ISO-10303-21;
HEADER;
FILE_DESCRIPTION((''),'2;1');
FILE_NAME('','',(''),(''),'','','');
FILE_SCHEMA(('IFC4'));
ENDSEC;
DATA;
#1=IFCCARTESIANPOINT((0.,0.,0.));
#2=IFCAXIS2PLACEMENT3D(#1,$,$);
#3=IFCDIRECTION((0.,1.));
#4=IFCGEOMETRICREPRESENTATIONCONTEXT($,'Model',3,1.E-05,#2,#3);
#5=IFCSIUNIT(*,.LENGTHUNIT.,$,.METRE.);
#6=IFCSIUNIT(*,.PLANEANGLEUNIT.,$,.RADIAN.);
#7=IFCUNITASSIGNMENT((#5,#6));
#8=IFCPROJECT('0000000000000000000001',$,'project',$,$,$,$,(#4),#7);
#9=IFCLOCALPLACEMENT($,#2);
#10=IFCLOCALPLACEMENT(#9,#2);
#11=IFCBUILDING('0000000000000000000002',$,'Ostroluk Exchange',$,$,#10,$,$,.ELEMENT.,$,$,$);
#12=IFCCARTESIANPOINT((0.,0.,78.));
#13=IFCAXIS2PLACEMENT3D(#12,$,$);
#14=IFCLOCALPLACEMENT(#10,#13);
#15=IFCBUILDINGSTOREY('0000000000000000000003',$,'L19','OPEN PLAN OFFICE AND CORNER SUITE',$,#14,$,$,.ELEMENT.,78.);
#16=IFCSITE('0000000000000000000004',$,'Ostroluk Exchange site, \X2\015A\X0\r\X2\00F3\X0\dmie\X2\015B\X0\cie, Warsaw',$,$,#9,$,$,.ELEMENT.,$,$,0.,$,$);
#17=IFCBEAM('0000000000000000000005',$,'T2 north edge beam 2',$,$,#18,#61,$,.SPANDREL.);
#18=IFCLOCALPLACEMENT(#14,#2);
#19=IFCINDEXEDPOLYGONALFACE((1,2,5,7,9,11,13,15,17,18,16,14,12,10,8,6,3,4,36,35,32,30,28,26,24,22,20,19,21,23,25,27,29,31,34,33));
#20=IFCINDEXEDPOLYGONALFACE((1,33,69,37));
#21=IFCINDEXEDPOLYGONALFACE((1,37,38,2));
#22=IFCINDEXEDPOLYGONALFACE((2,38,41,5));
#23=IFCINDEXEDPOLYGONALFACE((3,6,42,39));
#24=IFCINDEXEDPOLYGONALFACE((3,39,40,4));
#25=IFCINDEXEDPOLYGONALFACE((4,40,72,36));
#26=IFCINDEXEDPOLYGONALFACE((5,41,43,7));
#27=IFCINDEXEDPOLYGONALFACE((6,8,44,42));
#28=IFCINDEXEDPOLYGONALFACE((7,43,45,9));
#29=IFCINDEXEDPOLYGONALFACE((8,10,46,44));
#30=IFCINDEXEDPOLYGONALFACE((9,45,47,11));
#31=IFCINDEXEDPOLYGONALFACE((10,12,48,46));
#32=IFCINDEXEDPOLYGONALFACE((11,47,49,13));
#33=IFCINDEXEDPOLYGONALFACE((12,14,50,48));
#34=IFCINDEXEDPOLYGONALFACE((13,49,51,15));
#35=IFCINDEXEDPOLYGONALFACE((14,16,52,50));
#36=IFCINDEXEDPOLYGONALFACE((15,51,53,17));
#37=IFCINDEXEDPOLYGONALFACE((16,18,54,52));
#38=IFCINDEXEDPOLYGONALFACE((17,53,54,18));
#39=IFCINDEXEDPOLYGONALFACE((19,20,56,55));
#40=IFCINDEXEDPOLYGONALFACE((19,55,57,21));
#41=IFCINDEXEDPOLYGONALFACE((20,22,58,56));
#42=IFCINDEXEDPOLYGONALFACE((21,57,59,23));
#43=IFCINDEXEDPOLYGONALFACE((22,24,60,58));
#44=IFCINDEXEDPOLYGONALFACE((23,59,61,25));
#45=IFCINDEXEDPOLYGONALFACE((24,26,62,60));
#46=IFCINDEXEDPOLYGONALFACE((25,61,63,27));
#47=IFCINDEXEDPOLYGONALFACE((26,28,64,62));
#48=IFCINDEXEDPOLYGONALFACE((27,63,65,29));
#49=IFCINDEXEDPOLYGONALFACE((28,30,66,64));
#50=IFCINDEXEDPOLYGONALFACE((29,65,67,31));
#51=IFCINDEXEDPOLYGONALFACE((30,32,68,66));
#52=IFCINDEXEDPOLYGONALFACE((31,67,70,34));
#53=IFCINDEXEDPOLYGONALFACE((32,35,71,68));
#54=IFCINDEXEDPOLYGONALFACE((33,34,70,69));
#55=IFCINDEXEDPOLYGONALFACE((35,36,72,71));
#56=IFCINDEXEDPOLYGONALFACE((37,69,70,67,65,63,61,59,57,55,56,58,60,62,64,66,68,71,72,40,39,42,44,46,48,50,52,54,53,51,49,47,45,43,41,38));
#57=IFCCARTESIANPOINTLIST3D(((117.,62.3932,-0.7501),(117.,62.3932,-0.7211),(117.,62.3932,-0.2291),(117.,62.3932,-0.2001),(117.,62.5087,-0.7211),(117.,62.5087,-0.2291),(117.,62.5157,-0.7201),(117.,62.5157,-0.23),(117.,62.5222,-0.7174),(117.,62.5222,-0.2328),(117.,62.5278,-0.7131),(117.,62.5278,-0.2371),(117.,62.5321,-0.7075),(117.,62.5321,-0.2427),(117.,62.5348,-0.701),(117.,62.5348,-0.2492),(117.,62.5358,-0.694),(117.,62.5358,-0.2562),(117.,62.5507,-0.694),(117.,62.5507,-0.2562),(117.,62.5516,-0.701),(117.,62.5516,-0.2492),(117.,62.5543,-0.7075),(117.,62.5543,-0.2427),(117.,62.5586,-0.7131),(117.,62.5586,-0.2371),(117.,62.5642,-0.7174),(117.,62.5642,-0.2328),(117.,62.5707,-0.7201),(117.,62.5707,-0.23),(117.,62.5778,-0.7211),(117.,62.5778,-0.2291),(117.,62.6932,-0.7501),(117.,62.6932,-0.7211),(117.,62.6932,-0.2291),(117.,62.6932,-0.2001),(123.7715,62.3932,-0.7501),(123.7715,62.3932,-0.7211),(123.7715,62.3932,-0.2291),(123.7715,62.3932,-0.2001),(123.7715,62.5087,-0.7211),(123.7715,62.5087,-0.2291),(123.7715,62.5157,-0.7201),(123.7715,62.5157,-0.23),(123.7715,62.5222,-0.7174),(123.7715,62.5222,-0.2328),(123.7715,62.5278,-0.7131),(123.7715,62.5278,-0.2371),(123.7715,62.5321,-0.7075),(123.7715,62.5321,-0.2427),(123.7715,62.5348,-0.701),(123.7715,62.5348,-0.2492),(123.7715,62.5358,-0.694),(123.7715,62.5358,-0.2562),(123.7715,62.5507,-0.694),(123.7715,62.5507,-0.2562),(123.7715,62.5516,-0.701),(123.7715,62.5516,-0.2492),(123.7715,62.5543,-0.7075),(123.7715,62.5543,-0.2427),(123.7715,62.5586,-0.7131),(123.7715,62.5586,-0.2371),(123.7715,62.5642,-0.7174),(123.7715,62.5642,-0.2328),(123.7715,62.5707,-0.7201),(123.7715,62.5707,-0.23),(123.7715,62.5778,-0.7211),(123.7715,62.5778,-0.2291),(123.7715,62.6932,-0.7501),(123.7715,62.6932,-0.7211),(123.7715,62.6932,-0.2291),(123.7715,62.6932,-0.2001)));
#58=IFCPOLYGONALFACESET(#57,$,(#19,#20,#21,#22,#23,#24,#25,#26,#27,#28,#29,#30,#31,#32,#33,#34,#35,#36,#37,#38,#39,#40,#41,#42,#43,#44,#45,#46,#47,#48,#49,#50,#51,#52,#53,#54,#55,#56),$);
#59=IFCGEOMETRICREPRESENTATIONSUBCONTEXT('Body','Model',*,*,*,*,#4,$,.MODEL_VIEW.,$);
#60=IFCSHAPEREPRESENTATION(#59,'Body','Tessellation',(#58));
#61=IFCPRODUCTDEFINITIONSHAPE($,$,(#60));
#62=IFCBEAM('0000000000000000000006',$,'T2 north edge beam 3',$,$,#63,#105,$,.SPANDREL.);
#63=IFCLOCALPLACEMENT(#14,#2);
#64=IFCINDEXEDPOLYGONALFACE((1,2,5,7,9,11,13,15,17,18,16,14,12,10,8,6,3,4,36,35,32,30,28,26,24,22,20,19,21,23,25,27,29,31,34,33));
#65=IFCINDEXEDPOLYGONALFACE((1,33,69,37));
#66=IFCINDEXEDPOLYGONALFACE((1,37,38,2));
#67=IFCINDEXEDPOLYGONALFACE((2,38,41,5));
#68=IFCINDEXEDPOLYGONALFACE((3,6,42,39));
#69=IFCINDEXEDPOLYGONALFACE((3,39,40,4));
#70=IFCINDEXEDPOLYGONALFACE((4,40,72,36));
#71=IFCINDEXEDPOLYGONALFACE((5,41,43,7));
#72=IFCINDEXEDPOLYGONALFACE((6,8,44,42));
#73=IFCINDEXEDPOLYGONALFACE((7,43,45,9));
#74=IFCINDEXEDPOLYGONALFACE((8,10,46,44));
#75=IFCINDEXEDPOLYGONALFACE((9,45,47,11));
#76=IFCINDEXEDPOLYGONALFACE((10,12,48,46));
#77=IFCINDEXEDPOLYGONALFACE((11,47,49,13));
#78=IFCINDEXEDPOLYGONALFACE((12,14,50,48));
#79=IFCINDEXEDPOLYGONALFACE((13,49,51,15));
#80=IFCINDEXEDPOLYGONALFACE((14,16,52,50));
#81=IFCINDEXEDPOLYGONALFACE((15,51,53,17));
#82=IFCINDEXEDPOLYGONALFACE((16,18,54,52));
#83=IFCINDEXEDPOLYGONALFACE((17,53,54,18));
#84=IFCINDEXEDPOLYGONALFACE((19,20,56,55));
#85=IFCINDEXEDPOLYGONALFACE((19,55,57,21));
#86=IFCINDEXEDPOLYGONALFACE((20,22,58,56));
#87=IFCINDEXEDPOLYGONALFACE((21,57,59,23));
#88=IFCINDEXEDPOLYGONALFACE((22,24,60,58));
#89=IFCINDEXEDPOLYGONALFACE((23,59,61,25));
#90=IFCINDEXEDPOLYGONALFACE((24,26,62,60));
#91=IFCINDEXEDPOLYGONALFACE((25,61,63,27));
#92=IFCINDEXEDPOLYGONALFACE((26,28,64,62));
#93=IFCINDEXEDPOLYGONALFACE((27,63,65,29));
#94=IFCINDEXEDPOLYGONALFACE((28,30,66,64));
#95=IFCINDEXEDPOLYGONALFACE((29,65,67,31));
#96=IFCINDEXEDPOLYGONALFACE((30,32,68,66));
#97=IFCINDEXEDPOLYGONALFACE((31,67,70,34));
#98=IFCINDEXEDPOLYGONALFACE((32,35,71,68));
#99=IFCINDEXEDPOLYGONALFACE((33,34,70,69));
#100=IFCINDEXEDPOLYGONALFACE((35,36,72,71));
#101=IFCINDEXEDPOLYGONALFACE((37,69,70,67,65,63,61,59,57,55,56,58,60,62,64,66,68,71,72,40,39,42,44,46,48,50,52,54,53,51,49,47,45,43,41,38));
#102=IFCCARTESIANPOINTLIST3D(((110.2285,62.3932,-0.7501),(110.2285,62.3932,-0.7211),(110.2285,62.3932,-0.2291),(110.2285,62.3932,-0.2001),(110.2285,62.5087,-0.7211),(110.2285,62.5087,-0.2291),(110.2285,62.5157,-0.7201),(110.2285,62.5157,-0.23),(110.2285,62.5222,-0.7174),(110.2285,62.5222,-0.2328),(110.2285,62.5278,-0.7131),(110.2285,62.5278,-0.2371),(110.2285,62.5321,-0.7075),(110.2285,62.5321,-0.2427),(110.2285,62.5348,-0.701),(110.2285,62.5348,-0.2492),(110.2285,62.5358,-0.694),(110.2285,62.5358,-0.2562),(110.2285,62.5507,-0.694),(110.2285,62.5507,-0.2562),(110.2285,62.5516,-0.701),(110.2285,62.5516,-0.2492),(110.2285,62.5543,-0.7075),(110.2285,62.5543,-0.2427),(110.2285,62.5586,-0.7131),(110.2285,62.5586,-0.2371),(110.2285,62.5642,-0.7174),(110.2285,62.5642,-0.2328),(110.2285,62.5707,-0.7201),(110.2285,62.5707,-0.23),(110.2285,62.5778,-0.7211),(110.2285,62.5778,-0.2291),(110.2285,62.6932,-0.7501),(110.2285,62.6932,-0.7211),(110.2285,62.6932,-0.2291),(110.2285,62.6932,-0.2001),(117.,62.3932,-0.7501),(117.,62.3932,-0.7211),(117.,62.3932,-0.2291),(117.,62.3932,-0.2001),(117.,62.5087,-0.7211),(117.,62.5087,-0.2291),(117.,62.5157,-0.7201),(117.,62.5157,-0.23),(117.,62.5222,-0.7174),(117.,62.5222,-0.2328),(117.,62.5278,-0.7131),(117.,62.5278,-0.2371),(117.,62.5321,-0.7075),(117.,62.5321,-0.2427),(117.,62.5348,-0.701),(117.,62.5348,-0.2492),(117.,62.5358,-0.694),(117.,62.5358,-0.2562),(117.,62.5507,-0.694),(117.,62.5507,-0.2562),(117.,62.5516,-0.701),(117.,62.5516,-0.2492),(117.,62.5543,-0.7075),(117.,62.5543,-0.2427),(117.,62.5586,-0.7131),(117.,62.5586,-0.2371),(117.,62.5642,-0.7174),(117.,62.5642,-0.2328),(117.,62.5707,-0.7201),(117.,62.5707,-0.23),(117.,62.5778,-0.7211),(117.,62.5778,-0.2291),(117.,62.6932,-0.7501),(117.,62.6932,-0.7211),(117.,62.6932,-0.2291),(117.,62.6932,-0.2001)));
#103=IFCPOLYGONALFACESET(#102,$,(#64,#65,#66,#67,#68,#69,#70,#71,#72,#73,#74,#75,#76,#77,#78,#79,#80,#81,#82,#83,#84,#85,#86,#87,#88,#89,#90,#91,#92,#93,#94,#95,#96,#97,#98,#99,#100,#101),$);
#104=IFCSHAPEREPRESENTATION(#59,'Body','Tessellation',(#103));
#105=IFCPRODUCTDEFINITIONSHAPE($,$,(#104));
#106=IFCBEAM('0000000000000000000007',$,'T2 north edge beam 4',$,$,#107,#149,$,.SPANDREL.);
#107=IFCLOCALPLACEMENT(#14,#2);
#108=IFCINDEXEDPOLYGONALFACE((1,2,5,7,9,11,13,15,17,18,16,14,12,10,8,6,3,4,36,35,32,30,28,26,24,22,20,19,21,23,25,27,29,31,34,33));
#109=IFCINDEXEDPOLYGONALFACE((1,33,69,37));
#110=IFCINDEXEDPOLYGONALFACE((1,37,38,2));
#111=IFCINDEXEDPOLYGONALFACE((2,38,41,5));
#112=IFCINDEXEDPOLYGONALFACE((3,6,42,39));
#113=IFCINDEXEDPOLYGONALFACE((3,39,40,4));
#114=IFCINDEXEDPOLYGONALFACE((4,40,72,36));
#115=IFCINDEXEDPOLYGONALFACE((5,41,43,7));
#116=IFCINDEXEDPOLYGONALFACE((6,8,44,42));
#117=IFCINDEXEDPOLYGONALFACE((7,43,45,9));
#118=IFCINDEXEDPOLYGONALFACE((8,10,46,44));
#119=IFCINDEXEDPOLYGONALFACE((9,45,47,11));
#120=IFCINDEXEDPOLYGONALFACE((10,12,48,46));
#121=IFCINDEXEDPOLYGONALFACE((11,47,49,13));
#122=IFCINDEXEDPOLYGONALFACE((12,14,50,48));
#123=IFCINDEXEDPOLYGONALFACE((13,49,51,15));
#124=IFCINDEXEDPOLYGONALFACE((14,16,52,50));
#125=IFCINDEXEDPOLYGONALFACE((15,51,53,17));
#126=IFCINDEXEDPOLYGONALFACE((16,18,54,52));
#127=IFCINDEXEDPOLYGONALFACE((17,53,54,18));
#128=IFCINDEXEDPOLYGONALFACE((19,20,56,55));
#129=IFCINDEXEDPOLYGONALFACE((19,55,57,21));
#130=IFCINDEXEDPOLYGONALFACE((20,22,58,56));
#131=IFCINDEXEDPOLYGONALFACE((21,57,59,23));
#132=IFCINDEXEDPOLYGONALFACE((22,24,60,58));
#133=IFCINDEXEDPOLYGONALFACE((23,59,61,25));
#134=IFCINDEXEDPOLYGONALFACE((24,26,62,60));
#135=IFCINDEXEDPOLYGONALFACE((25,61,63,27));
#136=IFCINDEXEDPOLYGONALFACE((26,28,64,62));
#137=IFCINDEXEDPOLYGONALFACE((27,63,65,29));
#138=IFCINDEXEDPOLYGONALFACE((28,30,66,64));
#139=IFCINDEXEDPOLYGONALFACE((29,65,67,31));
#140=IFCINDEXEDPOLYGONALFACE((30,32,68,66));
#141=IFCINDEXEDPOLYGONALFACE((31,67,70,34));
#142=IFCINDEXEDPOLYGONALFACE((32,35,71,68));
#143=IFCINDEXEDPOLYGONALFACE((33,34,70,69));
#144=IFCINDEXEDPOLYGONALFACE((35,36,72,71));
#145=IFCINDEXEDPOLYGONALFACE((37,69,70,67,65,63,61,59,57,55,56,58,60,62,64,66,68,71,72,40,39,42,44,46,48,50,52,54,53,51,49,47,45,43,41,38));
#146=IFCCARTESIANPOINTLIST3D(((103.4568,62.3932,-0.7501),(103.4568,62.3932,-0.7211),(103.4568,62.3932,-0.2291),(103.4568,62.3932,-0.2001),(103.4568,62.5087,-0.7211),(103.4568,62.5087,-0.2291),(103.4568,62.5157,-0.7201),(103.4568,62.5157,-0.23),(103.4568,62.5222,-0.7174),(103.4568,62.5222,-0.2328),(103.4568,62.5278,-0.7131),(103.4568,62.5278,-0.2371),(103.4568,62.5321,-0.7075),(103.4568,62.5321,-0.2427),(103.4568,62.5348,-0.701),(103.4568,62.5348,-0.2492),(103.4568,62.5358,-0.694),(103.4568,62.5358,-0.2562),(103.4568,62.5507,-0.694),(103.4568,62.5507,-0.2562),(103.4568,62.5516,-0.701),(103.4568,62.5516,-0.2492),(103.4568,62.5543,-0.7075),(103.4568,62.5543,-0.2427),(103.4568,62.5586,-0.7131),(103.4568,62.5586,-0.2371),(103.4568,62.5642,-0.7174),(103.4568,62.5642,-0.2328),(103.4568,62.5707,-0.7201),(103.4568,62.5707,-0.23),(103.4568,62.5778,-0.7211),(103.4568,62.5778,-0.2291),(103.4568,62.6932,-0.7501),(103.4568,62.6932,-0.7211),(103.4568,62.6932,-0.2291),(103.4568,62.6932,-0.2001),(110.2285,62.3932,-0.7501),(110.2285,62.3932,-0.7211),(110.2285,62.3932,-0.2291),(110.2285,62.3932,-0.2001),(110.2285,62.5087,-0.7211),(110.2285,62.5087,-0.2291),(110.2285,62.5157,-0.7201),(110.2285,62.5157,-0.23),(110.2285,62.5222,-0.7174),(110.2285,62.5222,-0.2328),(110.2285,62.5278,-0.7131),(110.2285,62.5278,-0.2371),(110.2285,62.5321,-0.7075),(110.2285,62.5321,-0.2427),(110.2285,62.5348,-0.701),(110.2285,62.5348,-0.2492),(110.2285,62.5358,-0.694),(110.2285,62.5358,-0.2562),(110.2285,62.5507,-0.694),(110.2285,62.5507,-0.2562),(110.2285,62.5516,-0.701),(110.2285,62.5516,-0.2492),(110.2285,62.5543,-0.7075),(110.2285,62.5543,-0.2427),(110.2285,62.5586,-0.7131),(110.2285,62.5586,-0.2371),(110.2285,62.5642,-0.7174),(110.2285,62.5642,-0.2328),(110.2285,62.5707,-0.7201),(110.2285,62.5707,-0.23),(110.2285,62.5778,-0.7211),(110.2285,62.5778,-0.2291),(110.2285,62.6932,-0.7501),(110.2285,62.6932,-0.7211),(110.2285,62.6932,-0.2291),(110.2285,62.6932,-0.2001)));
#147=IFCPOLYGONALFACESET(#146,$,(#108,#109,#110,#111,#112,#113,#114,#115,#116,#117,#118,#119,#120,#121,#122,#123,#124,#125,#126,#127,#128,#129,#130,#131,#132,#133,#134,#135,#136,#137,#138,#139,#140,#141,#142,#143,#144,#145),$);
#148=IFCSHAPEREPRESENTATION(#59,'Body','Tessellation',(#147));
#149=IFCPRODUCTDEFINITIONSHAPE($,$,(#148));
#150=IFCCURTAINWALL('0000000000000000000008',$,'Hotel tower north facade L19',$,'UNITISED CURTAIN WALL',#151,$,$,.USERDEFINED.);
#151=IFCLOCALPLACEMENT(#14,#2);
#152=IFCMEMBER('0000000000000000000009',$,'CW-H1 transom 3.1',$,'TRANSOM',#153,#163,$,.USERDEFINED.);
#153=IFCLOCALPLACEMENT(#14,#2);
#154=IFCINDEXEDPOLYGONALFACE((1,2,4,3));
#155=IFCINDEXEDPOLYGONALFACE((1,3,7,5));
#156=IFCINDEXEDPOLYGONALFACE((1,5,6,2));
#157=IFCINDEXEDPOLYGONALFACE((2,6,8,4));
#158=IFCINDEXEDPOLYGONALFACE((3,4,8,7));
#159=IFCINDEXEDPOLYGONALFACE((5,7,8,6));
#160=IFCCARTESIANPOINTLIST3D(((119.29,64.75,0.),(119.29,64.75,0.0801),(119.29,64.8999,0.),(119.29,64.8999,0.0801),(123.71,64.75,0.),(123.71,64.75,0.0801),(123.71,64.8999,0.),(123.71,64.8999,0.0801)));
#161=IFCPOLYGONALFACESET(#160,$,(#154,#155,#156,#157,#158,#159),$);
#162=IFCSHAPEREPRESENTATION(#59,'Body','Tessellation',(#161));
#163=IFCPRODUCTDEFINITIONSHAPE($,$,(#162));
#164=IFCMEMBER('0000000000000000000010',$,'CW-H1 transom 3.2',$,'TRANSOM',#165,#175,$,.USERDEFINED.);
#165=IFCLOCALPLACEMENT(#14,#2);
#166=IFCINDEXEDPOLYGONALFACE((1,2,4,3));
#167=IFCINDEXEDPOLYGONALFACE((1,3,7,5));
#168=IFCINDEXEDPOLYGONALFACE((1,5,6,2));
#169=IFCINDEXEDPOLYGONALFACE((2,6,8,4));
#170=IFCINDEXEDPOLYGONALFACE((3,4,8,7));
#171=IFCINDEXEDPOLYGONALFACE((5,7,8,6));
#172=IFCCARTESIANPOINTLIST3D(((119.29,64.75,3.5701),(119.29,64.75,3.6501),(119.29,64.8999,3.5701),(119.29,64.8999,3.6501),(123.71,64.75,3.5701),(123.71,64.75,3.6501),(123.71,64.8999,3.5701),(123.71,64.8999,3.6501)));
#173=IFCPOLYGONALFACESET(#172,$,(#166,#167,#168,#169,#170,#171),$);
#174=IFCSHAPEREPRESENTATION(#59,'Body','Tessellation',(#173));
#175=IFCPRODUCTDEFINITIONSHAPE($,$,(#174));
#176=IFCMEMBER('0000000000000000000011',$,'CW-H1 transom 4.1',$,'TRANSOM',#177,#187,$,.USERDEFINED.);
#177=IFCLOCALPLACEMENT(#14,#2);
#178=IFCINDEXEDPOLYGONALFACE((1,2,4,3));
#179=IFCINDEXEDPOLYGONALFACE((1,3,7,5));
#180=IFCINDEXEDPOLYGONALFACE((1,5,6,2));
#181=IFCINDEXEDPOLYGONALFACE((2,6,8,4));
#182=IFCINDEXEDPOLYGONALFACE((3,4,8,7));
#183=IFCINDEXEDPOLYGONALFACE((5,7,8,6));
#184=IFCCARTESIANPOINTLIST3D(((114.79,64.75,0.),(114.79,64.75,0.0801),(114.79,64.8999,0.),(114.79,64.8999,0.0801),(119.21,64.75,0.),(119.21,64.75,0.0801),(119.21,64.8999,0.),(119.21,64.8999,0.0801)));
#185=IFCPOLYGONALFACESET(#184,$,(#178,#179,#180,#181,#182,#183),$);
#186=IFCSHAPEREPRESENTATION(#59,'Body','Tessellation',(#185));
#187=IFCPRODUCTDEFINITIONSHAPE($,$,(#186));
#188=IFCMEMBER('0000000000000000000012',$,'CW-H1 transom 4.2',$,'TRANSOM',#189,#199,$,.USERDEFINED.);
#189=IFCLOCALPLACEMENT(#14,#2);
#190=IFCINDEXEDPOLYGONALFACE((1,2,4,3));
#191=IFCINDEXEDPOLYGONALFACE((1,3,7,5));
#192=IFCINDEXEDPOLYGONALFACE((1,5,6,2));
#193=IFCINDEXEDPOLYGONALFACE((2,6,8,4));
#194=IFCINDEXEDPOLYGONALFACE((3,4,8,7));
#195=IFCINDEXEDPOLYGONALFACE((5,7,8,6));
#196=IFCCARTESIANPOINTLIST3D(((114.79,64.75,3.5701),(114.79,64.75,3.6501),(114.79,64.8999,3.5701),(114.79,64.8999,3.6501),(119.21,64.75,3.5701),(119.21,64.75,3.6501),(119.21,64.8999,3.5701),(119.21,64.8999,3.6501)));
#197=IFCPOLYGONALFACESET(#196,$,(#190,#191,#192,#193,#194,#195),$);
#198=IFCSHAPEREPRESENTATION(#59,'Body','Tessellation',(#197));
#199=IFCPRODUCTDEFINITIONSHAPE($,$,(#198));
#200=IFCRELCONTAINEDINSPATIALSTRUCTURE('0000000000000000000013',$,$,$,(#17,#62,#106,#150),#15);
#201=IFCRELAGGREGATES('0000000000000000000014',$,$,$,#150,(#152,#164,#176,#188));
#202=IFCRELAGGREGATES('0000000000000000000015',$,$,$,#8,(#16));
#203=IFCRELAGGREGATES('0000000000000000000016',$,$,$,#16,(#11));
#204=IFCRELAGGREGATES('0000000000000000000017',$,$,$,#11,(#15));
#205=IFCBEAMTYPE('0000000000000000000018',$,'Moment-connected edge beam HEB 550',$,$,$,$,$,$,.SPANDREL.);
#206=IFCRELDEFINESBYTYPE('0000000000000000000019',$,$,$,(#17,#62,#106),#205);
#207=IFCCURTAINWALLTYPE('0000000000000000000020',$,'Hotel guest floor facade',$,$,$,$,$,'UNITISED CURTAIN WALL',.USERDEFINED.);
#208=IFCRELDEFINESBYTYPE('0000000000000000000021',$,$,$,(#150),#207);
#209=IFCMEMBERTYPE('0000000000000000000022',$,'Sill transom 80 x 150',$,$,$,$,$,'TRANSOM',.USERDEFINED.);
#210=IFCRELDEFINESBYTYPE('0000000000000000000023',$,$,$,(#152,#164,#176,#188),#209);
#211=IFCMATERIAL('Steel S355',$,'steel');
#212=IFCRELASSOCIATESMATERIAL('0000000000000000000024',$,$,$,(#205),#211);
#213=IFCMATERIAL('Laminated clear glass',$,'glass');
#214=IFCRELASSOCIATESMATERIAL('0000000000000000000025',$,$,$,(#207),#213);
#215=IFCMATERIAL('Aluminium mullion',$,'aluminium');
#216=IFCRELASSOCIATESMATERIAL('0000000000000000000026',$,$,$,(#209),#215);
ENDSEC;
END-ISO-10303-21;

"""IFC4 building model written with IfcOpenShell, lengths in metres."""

from ifc_helpers import new_model, si_unit, direction, frame, origin, origin_2d, place, context, subcontext, project, spatial, rectangle, i_section, extrude, material, material_profile, profile_set, type_object, element, aggregate, save


model = new_model("IFC4")

# Units and contexts
model_context = context("Model", 3, precision=1e-05, world=origin(), true_north=direction((0.0, 1.0)))
body_context = subcontext(model_context, "Body", "Model", "MODEL_VIEW")
ifc_project = project(units=[si_unit("LENGTHUNIT", "METRE"), si_unit("PLANEANGLEUNIT", "RADIAN")], contexts=[model_context])

# Site, building, storey
site_placement = place(None, origin())
site = spatial("IfcSite", under=ifc_project, at=site_placement, Name="Ostroluk Exchange site, Śródmieście, Warsaw", CompositionType="ELEMENT", RefElevation=0.0)
building_placement = place(site_placement, origin())
building = spatial("IfcBuilding", under=site, at=building_placement, Name="Ostroluk Exchange", CompositionType="ELEMENT")
storey_placement = place(building_placement, frame((0.0, 0.0, 78.0)))
storey = spatial("IfcBuildingStorey", under=building, at=storey_placement, Name="L19", Description="OPEN PLAN OFFICE AND CORNER SUITE", CompositionType="ELEMENT", Elevation=78.0)

# Beams
ifc_material_1 = material(Name="Steel S355", Category="steel")
ifc_material_profile_1 = material_profile(ifc_material_1, i_section(OverallWidth=0.3, OverallDepth=0.55, WebThickness=0.0149, FlangeThickness=0.0291, FilletRadius=0.0271, at=origin_2d()), Name="HEB 550")
ifc_profile_set_1 = profile_set([ifc_material_profile_1], Name="Steel S355")
beam_type = type_object("IfcBeamType", Name="Moment-connected edge beam HEB 550", PredefinedType="SPANDREL", material=ifc_profile_set_1)
for number, where, z_axis, x_axis, name in (
    (1, (123.7715, 62.5432, -0.4751), (-1.0, 0.0, 0.0), (0.0, -1.0, 0.0), "T2 north edge beam 2"),
    (2, (117.0, 62.5432, -0.4751), (-1.0, 0.0, 0.0), (0.0, -1.0, 0.0), "T2 north edge beam 3"),
):
    element("IfcBeam", number, at=place(storey_placement, frame(where, z_axis=z_axis, x_axis=x_axis)), inside=storey, type_object=beam_type, Name=name, PredefinedType="SPANDREL", context=body_context, shape_type="SweptSolid", body=[
        extrude(i_section(OverallWidth=0.3, OverallDepth=0.55, WebThickness=0.0149, FlangeThickness=0.0291, FilletRadius=0.0271, at=origin_2d()), origin(), (0.0, 0.0, 1.0), 6.7715),
    ])
beam_placement = place(storey_placement, frame((110.2285, 62.5432, -0.4751), z_axis=(-1.0, 0.0, 0.0), x_axis=(0.0, -1.0, 0.0)))
element("IfcBeam", 3, at=beam_placement, inside=storey, type_object=beam_type, Name="T2 north edge beam 4", PredefinedType="SPANDREL", context=body_context, shape_type="SweptSolid", body=[
    extrude(i_section(OverallWidth=0.3, OverallDepth=0.55, WebThickness=0.0149, FlangeThickness=0.0291, FilletRadius=0.0271, at=origin_2d()), origin(), (0.0, 0.0, 1.0), 6.7717),
])

# Curtain wall, members
ifc_material_2 = material(Name="Laminated clear glass", Category="glass")
curtain_wall_type = type_object("IfcCurtainWallType", Name="Hotel guest floor facade", ElementType="UNITISED CURTAIN WALL", PredefinedType="USERDEFINED", material=ifc_material_2)
curtain_wall_placement = place(storey_placement, origin())
curtain_wall = element("IfcCurtainWall", 4, at=curtain_wall_placement, inside=storey, type_object=curtain_wall_type, Name="Hotel tower north facade L19", ObjectType="UNITISED CURTAIN WALL", PredefinedType="USERDEFINED")
ifc_material_3 = material(Name="Aluminium mullion", Category="aluminium")
ifc_material_profile_2 = material_profile(ifc_material_3, rectangle(XDim=0.1499, YDim=0.0801, at=origin_2d()), Name="Sill transom 80 x 150")
ifc_profile_set_2 = profile_set([ifc_material_profile_2], Name="Aluminium mullion")
member_type_1 = type_object("IfcMemberType", Name="Sill transom 80 x 150", ElementType="TRANSOM", PredefinedType="USERDEFINED", material=ifc_profile_set_2)
member_1_placement = place(storey_placement, frame((123.71, 64.825, 0.04), z_axis=(-1.0, 0.0, 0.0), x_axis=(0.0, -1.0, 0.0)))
member_1 = element("IfcMember", 5, at=member_1_placement, type_object=member_type_1, Name="CW-H1 transom 3.1", ObjectType="TRANSOM", PredefinedType="USERDEFINED", context=body_context, shape_type="SweptSolid", body=[
    extrude(rectangle(XDim=0.1499, YDim=0.0801, at=origin_2d()), origin(), (0.0, 0.0, 1.0), 4.4199),
])
member_2_placement = place(storey_placement, frame((123.71, 64.825, 3.6101), z_axis=(-1.0, 0.0, 0.0), x_axis=(0.0, -1.0, 0.0)))
member_2 = element("IfcMember", 6, at=member_2_placement, type_object=member_type_1, Name="CW-H1 transom 3.2", ObjectType="TRANSOM", PredefinedType="USERDEFINED", context=body_context, shape_type="SweptSolid", body=[
    extrude(rectangle(XDim=0.1499, YDim=0.0801, at=origin_2d()), origin(), (0.0, 0.0, 1.0), 4.4199),
])
member_3_placement = place(storey_placement, frame((119.21, 64.825, 0.04), z_axis=(-1.0, 0.0, 0.0), x_axis=(0.0, -1.0, 0.0)))
member_3 = element("IfcMember", 7, at=member_3_placement, type_object=member_type_1, Name="CW-H1 transom 4.1", ObjectType="TRANSOM", PredefinedType="USERDEFINED", context=body_context, shape_type="SweptSolid", body=[
    extrude(rectangle(XDim=0.1499, YDim=0.0801, at=origin_2d()), origin(), (0.0, 0.0, 1.0), 4.4199),
])
member_4_placement = place(storey_placement, frame((119.21, 64.825, 3.6101), z_axis=(-1.0, 0.0, 0.0), x_axis=(0.0, -1.0, 0.0)))
member_4 = element("IfcMember", 8, at=member_4_placement, type_object=member_type_1, Name="CW-H1 transom 4.2", ObjectType="TRANSOM", PredefinedType="USERDEFINED", context=body_context, shape_type="SweptSolid", body=[
    extrude(rectangle(XDim=0.1499, YDim=0.0801, at=origin_2d()), origin(), (0.0, 0.0, 1.0), 4.4199),
])
aggregate(curtain_wall, [member_1, member_2, member_3, member_4])

save(model, "model.ifc")
